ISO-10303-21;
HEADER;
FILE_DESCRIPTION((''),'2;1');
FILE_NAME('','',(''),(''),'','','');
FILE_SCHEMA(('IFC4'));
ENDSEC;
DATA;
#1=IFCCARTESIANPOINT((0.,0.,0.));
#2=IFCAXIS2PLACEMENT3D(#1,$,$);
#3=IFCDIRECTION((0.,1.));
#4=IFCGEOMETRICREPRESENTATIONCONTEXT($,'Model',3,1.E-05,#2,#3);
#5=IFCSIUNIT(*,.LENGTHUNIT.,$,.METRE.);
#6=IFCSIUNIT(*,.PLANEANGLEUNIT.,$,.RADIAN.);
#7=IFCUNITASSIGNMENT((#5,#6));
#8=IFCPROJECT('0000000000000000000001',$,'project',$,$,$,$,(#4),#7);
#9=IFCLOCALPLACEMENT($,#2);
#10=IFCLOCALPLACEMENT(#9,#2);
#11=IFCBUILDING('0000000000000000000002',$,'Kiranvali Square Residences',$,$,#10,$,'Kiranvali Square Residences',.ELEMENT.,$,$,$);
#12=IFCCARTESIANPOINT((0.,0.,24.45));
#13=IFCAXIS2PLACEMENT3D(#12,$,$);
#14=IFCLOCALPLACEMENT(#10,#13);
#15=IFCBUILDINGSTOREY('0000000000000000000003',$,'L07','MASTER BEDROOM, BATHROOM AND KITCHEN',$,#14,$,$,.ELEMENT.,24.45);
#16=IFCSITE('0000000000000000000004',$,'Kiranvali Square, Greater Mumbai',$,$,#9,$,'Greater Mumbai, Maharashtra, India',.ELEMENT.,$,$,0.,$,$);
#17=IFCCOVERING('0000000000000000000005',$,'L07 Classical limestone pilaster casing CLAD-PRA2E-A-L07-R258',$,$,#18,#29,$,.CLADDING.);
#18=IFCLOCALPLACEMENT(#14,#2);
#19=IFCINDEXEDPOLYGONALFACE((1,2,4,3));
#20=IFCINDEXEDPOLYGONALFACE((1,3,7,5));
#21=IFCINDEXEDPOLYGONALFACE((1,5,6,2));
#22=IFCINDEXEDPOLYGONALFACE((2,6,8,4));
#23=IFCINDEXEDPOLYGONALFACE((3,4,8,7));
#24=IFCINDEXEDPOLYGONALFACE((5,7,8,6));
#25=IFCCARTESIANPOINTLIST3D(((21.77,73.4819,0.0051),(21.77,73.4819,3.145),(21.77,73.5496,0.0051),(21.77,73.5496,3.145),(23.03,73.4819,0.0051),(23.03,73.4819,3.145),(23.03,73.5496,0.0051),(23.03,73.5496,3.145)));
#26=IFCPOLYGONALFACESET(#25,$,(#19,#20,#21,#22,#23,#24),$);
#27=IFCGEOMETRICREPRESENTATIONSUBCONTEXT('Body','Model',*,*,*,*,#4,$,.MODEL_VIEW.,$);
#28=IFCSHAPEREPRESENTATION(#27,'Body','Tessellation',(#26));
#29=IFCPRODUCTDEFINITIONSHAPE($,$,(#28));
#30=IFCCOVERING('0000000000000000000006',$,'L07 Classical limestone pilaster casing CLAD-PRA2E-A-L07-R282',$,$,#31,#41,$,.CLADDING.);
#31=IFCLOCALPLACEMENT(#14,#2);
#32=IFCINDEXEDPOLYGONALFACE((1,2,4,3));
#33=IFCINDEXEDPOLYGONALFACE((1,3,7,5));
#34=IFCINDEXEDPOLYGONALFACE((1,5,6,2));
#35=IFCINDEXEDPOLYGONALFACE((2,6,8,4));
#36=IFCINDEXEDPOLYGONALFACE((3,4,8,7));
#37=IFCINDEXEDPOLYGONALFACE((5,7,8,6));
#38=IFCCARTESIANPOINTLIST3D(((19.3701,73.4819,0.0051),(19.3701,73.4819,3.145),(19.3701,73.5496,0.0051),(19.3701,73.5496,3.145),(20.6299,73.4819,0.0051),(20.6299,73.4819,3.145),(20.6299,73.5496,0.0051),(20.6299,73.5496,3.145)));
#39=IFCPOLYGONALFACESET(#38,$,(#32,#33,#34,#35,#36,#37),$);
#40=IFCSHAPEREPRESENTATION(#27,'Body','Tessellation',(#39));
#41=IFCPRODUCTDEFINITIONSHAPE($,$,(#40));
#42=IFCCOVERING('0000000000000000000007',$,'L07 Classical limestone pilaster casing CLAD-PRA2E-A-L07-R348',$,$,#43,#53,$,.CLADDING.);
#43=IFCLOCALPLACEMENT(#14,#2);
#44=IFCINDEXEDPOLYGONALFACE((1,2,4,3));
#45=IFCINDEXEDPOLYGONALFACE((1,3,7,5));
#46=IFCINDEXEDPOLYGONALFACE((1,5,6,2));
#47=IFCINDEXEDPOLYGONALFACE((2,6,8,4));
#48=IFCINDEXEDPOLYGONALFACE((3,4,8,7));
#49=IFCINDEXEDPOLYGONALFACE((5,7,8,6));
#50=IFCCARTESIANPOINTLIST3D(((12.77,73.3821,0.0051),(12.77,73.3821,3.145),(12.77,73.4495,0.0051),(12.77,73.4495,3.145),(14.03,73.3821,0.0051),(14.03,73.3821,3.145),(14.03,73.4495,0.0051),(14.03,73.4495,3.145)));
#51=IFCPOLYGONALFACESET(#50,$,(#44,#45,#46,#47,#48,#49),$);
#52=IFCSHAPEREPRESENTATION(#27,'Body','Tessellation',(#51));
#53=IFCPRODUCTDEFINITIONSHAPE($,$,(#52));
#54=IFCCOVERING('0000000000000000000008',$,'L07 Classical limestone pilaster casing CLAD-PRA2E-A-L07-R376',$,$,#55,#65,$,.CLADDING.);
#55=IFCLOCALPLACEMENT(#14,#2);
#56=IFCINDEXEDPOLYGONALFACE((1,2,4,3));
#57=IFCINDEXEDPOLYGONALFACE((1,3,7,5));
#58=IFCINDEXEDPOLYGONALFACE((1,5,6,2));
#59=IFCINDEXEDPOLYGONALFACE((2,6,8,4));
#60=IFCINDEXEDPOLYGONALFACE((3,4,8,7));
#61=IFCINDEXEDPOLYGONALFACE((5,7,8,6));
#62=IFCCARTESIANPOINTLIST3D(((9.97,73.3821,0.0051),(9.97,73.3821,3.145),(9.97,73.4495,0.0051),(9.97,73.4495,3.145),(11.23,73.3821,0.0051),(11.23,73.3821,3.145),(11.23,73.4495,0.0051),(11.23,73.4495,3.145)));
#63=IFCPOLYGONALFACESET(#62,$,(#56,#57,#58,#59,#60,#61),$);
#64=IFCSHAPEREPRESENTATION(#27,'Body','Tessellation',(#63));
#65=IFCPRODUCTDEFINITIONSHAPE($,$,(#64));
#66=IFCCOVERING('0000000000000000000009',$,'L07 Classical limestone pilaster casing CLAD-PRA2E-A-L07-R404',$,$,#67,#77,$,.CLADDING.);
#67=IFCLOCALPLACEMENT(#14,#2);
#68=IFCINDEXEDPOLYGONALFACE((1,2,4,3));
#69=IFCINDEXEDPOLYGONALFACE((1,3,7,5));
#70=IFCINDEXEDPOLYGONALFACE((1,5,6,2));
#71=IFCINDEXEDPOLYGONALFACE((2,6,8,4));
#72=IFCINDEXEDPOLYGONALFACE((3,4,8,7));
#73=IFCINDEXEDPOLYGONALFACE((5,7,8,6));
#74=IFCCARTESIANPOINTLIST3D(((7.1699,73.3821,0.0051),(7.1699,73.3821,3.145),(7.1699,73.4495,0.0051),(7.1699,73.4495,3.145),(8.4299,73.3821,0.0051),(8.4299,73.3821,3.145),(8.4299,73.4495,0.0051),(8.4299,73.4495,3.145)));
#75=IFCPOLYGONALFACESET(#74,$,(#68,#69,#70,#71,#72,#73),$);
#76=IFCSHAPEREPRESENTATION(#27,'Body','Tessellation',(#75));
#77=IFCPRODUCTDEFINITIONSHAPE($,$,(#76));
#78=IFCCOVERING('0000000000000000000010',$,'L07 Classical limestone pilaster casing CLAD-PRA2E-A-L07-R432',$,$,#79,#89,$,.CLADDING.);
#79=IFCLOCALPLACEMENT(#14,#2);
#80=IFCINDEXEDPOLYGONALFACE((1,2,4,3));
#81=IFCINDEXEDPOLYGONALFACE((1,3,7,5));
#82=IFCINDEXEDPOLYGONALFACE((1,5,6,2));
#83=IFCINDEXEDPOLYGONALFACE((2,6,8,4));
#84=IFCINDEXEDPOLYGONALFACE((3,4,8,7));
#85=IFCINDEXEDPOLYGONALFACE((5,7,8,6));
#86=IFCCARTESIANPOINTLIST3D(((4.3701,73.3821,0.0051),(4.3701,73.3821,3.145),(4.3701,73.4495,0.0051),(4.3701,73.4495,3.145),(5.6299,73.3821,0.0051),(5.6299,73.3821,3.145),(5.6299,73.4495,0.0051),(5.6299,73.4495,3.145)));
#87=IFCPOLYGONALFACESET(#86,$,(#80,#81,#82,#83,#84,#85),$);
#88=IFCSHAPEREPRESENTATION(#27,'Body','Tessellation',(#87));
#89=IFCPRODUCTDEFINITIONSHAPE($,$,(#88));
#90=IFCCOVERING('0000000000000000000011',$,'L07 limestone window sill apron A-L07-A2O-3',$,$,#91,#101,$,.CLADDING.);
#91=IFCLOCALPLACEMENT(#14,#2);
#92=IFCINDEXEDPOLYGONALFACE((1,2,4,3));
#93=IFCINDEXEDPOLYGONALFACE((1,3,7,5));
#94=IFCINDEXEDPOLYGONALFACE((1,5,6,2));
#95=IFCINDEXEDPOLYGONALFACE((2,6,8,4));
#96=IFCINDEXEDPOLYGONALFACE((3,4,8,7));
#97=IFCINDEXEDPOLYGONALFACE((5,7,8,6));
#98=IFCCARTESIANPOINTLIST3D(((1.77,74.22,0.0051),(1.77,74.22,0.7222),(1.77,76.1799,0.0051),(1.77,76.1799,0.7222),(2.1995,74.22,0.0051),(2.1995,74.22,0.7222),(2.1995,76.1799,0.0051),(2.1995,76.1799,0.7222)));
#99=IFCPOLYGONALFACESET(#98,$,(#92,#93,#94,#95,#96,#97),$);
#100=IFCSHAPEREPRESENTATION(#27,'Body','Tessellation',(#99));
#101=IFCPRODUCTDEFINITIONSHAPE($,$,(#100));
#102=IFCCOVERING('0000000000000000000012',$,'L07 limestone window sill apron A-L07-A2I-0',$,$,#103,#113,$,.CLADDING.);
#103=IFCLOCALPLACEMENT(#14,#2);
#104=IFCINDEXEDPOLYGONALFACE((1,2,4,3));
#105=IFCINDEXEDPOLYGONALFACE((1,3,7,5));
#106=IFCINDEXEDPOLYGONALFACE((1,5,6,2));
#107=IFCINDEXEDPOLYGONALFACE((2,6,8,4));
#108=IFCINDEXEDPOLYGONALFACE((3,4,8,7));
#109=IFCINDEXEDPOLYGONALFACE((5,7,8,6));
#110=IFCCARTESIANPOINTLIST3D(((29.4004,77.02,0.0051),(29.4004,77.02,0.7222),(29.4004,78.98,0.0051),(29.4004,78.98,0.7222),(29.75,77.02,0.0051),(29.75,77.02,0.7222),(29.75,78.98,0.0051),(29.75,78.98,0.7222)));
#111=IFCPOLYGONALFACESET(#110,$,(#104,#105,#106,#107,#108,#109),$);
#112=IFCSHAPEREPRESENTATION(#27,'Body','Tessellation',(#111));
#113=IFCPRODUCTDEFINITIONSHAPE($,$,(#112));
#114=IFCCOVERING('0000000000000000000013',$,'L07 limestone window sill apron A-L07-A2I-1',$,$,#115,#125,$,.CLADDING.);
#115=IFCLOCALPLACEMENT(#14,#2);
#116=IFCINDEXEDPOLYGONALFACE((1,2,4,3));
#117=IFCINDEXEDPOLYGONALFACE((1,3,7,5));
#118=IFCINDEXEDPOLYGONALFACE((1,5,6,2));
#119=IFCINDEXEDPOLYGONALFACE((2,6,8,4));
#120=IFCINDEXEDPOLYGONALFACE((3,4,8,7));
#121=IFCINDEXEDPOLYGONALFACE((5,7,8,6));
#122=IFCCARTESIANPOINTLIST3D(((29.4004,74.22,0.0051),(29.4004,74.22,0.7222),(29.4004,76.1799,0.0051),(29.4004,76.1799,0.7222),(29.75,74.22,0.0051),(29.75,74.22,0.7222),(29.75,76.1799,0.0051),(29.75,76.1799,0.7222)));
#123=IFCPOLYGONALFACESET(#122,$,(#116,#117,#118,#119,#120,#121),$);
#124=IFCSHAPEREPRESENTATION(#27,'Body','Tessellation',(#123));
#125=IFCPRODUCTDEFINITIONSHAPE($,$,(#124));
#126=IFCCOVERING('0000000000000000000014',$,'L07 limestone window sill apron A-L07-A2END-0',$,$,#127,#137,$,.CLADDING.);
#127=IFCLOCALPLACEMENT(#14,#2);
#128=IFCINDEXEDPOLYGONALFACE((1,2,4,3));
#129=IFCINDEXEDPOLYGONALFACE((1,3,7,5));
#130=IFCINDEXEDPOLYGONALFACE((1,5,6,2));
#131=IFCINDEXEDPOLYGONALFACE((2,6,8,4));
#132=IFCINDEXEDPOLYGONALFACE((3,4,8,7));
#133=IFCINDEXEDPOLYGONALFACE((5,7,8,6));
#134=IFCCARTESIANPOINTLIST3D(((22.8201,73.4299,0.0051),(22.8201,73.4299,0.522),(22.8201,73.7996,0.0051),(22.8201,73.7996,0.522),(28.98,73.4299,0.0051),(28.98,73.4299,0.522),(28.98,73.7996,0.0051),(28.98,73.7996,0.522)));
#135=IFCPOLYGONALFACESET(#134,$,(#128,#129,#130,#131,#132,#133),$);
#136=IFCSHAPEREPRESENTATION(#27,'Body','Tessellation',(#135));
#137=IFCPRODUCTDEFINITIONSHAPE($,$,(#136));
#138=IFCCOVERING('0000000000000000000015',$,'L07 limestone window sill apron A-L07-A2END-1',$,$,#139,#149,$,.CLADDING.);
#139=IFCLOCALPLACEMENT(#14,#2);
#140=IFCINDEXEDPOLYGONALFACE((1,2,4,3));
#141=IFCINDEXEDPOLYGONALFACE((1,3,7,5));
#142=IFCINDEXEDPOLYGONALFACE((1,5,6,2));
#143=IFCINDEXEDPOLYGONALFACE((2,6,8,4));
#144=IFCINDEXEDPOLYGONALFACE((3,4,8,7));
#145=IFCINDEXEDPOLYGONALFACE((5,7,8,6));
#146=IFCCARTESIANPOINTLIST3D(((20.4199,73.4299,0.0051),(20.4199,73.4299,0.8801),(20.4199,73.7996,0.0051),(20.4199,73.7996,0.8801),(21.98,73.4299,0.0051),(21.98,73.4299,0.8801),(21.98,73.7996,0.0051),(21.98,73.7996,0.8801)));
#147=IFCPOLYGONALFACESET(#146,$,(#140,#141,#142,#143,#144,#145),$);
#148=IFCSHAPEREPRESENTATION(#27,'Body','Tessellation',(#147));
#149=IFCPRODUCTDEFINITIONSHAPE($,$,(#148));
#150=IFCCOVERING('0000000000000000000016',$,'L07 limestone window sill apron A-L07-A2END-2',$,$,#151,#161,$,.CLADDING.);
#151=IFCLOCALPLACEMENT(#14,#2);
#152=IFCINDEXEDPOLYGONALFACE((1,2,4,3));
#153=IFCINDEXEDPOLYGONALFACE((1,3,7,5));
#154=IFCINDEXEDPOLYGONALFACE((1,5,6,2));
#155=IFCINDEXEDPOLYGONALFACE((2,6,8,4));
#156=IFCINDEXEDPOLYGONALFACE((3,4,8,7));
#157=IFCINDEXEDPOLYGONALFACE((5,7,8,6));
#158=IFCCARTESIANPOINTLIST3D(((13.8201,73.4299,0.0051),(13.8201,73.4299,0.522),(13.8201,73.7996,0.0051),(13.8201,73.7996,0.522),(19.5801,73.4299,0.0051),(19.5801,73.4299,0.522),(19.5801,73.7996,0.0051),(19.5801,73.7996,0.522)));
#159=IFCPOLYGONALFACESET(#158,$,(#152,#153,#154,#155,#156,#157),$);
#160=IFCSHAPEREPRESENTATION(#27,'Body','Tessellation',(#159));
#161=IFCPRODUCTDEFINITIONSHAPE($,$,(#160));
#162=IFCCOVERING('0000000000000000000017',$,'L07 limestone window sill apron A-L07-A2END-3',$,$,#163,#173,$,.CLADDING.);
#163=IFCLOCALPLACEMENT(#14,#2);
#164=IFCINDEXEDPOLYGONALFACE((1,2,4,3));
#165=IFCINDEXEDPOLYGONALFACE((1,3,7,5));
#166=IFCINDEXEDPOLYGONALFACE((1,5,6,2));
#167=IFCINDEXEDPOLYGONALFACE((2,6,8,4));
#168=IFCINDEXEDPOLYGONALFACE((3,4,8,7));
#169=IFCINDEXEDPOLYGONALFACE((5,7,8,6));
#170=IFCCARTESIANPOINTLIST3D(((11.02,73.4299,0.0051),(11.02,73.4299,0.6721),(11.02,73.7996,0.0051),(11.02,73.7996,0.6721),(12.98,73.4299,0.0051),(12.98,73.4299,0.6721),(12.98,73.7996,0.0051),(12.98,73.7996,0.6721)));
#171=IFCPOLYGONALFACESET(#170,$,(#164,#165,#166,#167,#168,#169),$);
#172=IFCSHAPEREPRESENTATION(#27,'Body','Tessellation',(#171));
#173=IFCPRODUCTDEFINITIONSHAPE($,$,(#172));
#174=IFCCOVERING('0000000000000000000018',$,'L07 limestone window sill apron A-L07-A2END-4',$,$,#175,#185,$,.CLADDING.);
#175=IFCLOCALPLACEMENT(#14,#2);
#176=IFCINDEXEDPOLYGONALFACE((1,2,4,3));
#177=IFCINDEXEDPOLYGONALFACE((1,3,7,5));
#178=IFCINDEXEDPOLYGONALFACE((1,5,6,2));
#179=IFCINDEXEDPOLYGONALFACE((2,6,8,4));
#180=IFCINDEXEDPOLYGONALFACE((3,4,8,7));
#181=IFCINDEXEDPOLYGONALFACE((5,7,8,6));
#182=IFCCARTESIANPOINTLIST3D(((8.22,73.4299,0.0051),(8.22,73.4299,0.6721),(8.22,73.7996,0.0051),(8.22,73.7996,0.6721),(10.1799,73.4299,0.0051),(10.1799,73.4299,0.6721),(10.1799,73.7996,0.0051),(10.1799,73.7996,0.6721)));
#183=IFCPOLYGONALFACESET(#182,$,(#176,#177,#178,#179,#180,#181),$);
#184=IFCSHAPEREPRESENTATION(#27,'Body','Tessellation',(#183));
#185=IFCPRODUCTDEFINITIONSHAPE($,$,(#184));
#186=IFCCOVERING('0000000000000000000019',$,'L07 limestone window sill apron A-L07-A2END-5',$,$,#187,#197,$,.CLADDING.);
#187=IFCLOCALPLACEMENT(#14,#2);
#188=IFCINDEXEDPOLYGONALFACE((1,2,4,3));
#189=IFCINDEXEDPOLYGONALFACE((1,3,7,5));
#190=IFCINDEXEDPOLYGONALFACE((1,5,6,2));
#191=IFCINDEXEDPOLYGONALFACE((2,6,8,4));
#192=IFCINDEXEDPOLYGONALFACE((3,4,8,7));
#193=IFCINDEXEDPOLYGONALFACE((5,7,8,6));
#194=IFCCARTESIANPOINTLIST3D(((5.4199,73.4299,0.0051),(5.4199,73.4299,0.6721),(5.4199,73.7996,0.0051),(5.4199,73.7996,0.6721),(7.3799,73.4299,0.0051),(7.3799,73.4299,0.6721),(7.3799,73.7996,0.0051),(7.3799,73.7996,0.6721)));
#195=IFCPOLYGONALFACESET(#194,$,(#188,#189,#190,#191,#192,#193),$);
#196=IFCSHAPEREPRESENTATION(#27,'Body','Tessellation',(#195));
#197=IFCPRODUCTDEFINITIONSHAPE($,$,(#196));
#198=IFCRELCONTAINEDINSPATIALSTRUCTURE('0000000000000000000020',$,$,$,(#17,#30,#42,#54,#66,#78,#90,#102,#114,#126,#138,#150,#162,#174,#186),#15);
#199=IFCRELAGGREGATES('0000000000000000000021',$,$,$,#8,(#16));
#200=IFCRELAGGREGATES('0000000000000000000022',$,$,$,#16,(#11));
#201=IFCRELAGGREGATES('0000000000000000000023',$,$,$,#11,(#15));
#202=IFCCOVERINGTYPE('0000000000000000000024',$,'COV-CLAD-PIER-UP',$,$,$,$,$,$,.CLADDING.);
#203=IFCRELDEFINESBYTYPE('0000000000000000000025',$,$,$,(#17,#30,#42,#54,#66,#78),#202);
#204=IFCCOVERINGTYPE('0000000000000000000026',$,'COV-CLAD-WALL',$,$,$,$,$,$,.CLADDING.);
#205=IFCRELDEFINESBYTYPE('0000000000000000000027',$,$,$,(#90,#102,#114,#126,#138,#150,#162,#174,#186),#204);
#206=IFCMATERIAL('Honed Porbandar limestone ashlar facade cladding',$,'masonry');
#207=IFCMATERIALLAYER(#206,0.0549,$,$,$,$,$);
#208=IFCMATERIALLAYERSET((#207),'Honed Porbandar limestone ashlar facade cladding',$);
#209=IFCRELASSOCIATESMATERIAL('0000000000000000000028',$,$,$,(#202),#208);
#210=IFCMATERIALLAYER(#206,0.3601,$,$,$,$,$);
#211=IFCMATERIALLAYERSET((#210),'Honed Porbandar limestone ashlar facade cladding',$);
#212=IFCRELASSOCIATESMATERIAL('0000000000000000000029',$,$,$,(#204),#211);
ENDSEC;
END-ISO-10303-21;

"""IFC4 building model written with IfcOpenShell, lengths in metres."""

from ifc_helpers import new_model, si_unit, direction, frame, origin, place, context, subcontext, project, spatial, polyline, outline, extrude, material, layer, layer_set, type_object, element, save


model = new_model("IFC4")

# Units and contexts
model_context = context("Model", 3, precision=1e-05, world=origin(), true_north=direction((0.0, 1.0)))
body_context = subcontext(model_context, "Body", "Model", "MODEL_VIEW")
ifc_project = project(units=[si_unit("LENGTHUNIT", "METRE"), si_unit("PLANEANGLEUNIT", "RADIAN")], contexts=[model_context])

# Site, building, storey
site_placement = place(None, origin())
site = spatial("IfcSite", under=ifc_project, at=site_placement, Name="Kiranvali Square, Greater Mumbai", LongName="Greater Mumbai, Maharashtra, India", CompositionType="ELEMENT", RefElevation=0.0)
building_placement = place(site_placement, origin())
building = spatial("IfcBuilding", under=site, at=building_placement, Name="Kiranvali Square Residences", LongName="Kiranvali Square Residences", CompositionType="ELEMENT")
storey_placement = place(building_placement, frame((0.0, 0.0, 24.45)))
storey = spatial("IfcBuildingStorey", under=building, at=storey_placement, Name="L07", Description="MASTER BEDROOM, BATHROOM AND KITCHEN", CompositionType="ELEMENT", Elevation=24.45)

# Coverings
ifc_material = material(Name="Honed Porbandar limestone ashlar facade cladding", Category="masonry")
ifc_layer_1 = layer(ifc_material, 0.0549)
ifc_layer_set_1 = layer_set([ifc_layer_1], Name="Honed Porbandar limestone ashlar facade cladding")
covering_type_1 = type_object("IfcCoveringType", Name="COV-CLAD-PIER-UP", PredefinedType="CLADDING", material=ifc_layer_set_1)
covering_1_placement = place(storey_placement, frame((0.0, 0.0, 0.0051)))
element("IfcCovering", 1, at=covering_1_placement, inside=storey, type_object=covering_type_1, Name="L07 Classical limestone pilaster casing CLAD-PRA2E-A-L07-R258", PredefinedType="CLADDING", context=body_context, shape_type="SweptSolid", body=[
    extrude(outline(polyline([(23.03, 73.5496), (21.77, 73.5496), (21.77, 73.4819), (23.03, 73.4819), (23.03, 73.5496)])), origin(), (0.0, 0.0, 1.0), 3.1399),
])
covering_2_placement = place(storey_placement, frame((0.0, 0.0, 0.0051)))
element("IfcCovering", 2, at=covering_2_placement, inside=storey, type_object=covering_type_1, Name="L07 Classical limestone pilaster casing CLAD-PRA2E-A-L07-R282", PredefinedType="CLADDING", context=body_context, shape_type="SweptSolid", body=[
    extrude(outline(polyline([(20.6299, 73.5496), (19.3701, 73.5496), (19.3701, 73.4819), (20.6299, 73.4819), (20.6299, 73.5496)])), origin(), (0.0, 0.0, 1.0), 3.1399),
])
covering_3_placement = place(storey_placement, frame((0.0, 0.0, 0.0051)))
element("IfcCovering", 3, at=covering_3_placement, inside=storey, type_object=covering_type_1, Name="L07 Classical limestone pilaster casing CLAD-PRA2E-A-L07-R348", PredefinedType="CLADDING", context=body_context, shape_type="SweptSolid", body=[
    extrude(outline(polyline([(14.03, 73.4495), (12.77, 73.4495), (12.77, 73.3821), (14.03, 73.3821), (14.03, 73.4495)])), origin(), (0.0, 0.0, 1.0), 3.1399),
])
covering_4_placement = place(storey_placement, frame((0.0, 0.0, 0.0051)))
element("IfcCovering", 4, at=covering_4_placement, inside=storey, type_object=covering_type_1, Name="L07 Classical limestone pilaster casing CLAD-PRA2E-A-L07-R376", PredefinedType="CLADDING", context=body_context, shape_type="SweptSolid", body=[
    extrude(outline(polyline([(11.23, 73.4495), (9.97, 73.4495), (9.97, 73.3821), (11.23, 73.3821), (11.23, 73.4495)])), origin(), (0.0, 0.0, 1.0), 3.1399),
])
covering_5_placement = place(storey_placement, frame((0.0, 0.0, 0.0051)))
element("IfcCovering", 5, at=covering_5_placement, inside=storey, type_object=covering_type_1, Name="L07 Classical limestone pilaster casing CLAD-PRA2E-A-L07-R404", PredefinedType="CLADDING", context=body_context, shape_type="SweptSolid", body=[
    extrude(outline(polyline([(8.4299, 73.4495), (7.1699, 73.4495), (7.1699, 73.3821), (8.4299, 73.3821), (8.4299, 73.4495)])), origin(), (0.0, 0.0, 1.0), 3.1399),
])
covering_6_placement = place(storey_placement, frame((0.0, 0.0, 0.0051)))
element("IfcCovering", 6, at=covering_6_placement, inside=storey, type_object=covering_type_1, Name="L07 Classical limestone pilaster casing CLAD-PRA2E-A-L07-R432", PredefinedType="CLADDING", context=body_context, shape_type="SweptSolid", body=[
    extrude(outline(polyline([(5.6299, 73.4495), (4.3701, 73.4495), (4.3701, 73.3821), (5.6299, 73.3821), (5.6299, 73.4495)])), origin(), (0.0, 0.0, 1.0), 3.1399),
])
ifc_layer_2 = layer(ifc_material, 0.3601)
ifc_layer_set_2 = layer_set([ifc_layer_2], Name="Honed Porbandar limestone ashlar facade cladding")
covering_type_2 = type_object("IfcCoveringType", Name="COV-CLAD-WALL", PredefinedType="CLADDING", material=ifc_layer_set_2)
covering_7_placement = place(storey_placement, frame((0.0, 0.0, 0.0051)))
element("IfcCovering", 7, at=covering_7_placement, inside=storey, type_object=covering_type_2, Name="L07 limestone window sill apron A-L07-A2O-3", PredefinedType="CLADDING", context=body_context, shape_type="SweptSolid", body=[
    extrude(outline(polyline([(1.77, 76.1799), (1.77, 74.22), (2.1995, 74.22), (2.1995, 76.1799), (1.77, 76.1799)])), origin(), (0.0, 0.0, 1.0), 0.717),
])
covering_8_placement = place(storey_placement, frame((0.0, 0.0, 0.0051)))
element("IfcCovering", 8, at=covering_8_placement, inside=storey, type_object=covering_type_2, Name="L07 limestone window sill apron A-L07-A2I-0", PredefinedType="CLADDING", context=body_context, shape_type="SweptSolid", body=[
    extrude(outline(polyline([(29.4004, 78.98), (29.4004, 77.02), (29.75, 77.02), (29.75, 78.98), (29.4004, 78.98)])), origin(), (0.0, 0.0, 1.0), 0.717),
])
covering_9_placement = place(storey_placement, frame((0.0, 0.0, 0.0051)))
element("IfcCovering", 9, at=covering_9_placement, inside=storey, type_object=covering_type_2, Name="L07 limestone window sill apron A-L07-A2I-1", PredefinedType="CLADDING", context=body_context, shape_type="SweptSolid", body=[
    extrude(outline(polyline([(29.4004, 76.1799), (29.4004, 74.22), (29.75, 74.22), (29.75, 76.1799), (29.4004, 76.1799)])), origin(), (0.0, 0.0, 1.0), 0.717),
])
covering_10_placement = place(storey_placement, frame((0.0, 0.0, 0.0051)))
element("IfcCovering", 10, at=covering_10_placement, inside=storey, type_object=covering_type_2, Name="L07 limestone window sill apron A-L07-A2END-0", PredefinedType="CLADDING", context=body_context, shape_type="SweptSolid", body=[
    extrude(outline(polyline([(28.98, 73.7996), (22.8201, 73.7996), (22.8201, 73.4299), (28.98, 73.4299), (28.98, 73.7996)])), origin(), (0.0, 0.0, 1.0), 0.5168),
])
covering_11_placement = place(storey_placement, frame((0.0, 0.0, 0.0051)))
element("IfcCovering", 11, at=covering_11_placement, inside=storey, type_object=covering_type_2, Name="L07 limestone window sill apron A-L07-A2END-1", PredefinedType="CLADDING", context=body_context, shape_type="SweptSolid", body=[
    extrude(outline(polyline([(21.98, 73.7996), (20.4199, 73.7996), (20.4199, 73.4299), (21.98, 73.4299), (21.98, 73.7996)])), origin(), (0.0, 0.0, 1.0), 0.875),
])
covering_12_placement = place(storey_placement, frame((0.0, 0.0, 0.0051)))
element("IfcCovering", 12, at=covering_12_placement, inside=storey, type_object=covering_type_2, Name="L07 limestone window sill apron A-L07-A2END-2", PredefinedType="CLADDING", context=body_context, shape_type="SweptSolid", body=[
    extrude(outline(polyline([(19.5801, 73.7996), (13.8201, 73.7996), (13.8201, 73.4299), (19.5801, 73.4299), (19.5801, 73.7996)])), origin(), (0.0, 0.0, 1.0), 0.5168),
])
covering_13_placement = place(storey_placement, frame((0.0, 0.0, 0.0051)))
element("IfcCovering", 13, at=covering_13_placement, inside=storey, type_object=covering_type_2, Name="L07 limestone window sill apron A-L07-A2END-3", PredefinedType="CLADDING", context=body_context, shape_type="SweptSolid", body=[
    extrude(outline(polyline([(12.98, 73.7996), (11.02, 73.7996), (11.02, 73.4299), (12.98, 73.4299), (12.98, 73.7996)])), origin(), (0.0, 0.0, 1.0), 0.667),
])
covering_14_placement = place(storey_placement, frame((0.0, 0.0, 0.0051)))
element("IfcCovering", 14, at=covering_14_placement, inside=storey, type_object=covering_type_2, Name="L07 limestone window sill apron A-L07-A2END-4", PredefinedType="CLADDING", context=body_context, shape_type="SweptSolid", body=[
    extrude(outline(polyline([(10.1799, 73.7996), (8.22, 73.7996), (8.22, 73.4299), (10.1799, 73.4299), (10.1799, 73.7996)])), origin(), (0.0, 0.0, 1.0), 0.667),
])
covering_15_placement = place(storey_placement, frame((0.0, 0.0, 0.0051)))
element("IfcCovering", 15, at=covering_15_placement, inside=storey, type_object=covering_type_2, Name="L07 limestone window sill apron A-L07-A2END-5", PredefinedType="CLADDING", context=body_context, shape_type="SweptSolid", body=[
    extrude(outline(polyline([(7.3799, 73.7996), (5.4199, 73.7996), (5.4199, 73.4299), (7.3799, 73.4299), (7.3799, 73.7996)])), origin(), (0.0, 0.0, 1.0), 0.667),
])

save(model, "model.ifc")
